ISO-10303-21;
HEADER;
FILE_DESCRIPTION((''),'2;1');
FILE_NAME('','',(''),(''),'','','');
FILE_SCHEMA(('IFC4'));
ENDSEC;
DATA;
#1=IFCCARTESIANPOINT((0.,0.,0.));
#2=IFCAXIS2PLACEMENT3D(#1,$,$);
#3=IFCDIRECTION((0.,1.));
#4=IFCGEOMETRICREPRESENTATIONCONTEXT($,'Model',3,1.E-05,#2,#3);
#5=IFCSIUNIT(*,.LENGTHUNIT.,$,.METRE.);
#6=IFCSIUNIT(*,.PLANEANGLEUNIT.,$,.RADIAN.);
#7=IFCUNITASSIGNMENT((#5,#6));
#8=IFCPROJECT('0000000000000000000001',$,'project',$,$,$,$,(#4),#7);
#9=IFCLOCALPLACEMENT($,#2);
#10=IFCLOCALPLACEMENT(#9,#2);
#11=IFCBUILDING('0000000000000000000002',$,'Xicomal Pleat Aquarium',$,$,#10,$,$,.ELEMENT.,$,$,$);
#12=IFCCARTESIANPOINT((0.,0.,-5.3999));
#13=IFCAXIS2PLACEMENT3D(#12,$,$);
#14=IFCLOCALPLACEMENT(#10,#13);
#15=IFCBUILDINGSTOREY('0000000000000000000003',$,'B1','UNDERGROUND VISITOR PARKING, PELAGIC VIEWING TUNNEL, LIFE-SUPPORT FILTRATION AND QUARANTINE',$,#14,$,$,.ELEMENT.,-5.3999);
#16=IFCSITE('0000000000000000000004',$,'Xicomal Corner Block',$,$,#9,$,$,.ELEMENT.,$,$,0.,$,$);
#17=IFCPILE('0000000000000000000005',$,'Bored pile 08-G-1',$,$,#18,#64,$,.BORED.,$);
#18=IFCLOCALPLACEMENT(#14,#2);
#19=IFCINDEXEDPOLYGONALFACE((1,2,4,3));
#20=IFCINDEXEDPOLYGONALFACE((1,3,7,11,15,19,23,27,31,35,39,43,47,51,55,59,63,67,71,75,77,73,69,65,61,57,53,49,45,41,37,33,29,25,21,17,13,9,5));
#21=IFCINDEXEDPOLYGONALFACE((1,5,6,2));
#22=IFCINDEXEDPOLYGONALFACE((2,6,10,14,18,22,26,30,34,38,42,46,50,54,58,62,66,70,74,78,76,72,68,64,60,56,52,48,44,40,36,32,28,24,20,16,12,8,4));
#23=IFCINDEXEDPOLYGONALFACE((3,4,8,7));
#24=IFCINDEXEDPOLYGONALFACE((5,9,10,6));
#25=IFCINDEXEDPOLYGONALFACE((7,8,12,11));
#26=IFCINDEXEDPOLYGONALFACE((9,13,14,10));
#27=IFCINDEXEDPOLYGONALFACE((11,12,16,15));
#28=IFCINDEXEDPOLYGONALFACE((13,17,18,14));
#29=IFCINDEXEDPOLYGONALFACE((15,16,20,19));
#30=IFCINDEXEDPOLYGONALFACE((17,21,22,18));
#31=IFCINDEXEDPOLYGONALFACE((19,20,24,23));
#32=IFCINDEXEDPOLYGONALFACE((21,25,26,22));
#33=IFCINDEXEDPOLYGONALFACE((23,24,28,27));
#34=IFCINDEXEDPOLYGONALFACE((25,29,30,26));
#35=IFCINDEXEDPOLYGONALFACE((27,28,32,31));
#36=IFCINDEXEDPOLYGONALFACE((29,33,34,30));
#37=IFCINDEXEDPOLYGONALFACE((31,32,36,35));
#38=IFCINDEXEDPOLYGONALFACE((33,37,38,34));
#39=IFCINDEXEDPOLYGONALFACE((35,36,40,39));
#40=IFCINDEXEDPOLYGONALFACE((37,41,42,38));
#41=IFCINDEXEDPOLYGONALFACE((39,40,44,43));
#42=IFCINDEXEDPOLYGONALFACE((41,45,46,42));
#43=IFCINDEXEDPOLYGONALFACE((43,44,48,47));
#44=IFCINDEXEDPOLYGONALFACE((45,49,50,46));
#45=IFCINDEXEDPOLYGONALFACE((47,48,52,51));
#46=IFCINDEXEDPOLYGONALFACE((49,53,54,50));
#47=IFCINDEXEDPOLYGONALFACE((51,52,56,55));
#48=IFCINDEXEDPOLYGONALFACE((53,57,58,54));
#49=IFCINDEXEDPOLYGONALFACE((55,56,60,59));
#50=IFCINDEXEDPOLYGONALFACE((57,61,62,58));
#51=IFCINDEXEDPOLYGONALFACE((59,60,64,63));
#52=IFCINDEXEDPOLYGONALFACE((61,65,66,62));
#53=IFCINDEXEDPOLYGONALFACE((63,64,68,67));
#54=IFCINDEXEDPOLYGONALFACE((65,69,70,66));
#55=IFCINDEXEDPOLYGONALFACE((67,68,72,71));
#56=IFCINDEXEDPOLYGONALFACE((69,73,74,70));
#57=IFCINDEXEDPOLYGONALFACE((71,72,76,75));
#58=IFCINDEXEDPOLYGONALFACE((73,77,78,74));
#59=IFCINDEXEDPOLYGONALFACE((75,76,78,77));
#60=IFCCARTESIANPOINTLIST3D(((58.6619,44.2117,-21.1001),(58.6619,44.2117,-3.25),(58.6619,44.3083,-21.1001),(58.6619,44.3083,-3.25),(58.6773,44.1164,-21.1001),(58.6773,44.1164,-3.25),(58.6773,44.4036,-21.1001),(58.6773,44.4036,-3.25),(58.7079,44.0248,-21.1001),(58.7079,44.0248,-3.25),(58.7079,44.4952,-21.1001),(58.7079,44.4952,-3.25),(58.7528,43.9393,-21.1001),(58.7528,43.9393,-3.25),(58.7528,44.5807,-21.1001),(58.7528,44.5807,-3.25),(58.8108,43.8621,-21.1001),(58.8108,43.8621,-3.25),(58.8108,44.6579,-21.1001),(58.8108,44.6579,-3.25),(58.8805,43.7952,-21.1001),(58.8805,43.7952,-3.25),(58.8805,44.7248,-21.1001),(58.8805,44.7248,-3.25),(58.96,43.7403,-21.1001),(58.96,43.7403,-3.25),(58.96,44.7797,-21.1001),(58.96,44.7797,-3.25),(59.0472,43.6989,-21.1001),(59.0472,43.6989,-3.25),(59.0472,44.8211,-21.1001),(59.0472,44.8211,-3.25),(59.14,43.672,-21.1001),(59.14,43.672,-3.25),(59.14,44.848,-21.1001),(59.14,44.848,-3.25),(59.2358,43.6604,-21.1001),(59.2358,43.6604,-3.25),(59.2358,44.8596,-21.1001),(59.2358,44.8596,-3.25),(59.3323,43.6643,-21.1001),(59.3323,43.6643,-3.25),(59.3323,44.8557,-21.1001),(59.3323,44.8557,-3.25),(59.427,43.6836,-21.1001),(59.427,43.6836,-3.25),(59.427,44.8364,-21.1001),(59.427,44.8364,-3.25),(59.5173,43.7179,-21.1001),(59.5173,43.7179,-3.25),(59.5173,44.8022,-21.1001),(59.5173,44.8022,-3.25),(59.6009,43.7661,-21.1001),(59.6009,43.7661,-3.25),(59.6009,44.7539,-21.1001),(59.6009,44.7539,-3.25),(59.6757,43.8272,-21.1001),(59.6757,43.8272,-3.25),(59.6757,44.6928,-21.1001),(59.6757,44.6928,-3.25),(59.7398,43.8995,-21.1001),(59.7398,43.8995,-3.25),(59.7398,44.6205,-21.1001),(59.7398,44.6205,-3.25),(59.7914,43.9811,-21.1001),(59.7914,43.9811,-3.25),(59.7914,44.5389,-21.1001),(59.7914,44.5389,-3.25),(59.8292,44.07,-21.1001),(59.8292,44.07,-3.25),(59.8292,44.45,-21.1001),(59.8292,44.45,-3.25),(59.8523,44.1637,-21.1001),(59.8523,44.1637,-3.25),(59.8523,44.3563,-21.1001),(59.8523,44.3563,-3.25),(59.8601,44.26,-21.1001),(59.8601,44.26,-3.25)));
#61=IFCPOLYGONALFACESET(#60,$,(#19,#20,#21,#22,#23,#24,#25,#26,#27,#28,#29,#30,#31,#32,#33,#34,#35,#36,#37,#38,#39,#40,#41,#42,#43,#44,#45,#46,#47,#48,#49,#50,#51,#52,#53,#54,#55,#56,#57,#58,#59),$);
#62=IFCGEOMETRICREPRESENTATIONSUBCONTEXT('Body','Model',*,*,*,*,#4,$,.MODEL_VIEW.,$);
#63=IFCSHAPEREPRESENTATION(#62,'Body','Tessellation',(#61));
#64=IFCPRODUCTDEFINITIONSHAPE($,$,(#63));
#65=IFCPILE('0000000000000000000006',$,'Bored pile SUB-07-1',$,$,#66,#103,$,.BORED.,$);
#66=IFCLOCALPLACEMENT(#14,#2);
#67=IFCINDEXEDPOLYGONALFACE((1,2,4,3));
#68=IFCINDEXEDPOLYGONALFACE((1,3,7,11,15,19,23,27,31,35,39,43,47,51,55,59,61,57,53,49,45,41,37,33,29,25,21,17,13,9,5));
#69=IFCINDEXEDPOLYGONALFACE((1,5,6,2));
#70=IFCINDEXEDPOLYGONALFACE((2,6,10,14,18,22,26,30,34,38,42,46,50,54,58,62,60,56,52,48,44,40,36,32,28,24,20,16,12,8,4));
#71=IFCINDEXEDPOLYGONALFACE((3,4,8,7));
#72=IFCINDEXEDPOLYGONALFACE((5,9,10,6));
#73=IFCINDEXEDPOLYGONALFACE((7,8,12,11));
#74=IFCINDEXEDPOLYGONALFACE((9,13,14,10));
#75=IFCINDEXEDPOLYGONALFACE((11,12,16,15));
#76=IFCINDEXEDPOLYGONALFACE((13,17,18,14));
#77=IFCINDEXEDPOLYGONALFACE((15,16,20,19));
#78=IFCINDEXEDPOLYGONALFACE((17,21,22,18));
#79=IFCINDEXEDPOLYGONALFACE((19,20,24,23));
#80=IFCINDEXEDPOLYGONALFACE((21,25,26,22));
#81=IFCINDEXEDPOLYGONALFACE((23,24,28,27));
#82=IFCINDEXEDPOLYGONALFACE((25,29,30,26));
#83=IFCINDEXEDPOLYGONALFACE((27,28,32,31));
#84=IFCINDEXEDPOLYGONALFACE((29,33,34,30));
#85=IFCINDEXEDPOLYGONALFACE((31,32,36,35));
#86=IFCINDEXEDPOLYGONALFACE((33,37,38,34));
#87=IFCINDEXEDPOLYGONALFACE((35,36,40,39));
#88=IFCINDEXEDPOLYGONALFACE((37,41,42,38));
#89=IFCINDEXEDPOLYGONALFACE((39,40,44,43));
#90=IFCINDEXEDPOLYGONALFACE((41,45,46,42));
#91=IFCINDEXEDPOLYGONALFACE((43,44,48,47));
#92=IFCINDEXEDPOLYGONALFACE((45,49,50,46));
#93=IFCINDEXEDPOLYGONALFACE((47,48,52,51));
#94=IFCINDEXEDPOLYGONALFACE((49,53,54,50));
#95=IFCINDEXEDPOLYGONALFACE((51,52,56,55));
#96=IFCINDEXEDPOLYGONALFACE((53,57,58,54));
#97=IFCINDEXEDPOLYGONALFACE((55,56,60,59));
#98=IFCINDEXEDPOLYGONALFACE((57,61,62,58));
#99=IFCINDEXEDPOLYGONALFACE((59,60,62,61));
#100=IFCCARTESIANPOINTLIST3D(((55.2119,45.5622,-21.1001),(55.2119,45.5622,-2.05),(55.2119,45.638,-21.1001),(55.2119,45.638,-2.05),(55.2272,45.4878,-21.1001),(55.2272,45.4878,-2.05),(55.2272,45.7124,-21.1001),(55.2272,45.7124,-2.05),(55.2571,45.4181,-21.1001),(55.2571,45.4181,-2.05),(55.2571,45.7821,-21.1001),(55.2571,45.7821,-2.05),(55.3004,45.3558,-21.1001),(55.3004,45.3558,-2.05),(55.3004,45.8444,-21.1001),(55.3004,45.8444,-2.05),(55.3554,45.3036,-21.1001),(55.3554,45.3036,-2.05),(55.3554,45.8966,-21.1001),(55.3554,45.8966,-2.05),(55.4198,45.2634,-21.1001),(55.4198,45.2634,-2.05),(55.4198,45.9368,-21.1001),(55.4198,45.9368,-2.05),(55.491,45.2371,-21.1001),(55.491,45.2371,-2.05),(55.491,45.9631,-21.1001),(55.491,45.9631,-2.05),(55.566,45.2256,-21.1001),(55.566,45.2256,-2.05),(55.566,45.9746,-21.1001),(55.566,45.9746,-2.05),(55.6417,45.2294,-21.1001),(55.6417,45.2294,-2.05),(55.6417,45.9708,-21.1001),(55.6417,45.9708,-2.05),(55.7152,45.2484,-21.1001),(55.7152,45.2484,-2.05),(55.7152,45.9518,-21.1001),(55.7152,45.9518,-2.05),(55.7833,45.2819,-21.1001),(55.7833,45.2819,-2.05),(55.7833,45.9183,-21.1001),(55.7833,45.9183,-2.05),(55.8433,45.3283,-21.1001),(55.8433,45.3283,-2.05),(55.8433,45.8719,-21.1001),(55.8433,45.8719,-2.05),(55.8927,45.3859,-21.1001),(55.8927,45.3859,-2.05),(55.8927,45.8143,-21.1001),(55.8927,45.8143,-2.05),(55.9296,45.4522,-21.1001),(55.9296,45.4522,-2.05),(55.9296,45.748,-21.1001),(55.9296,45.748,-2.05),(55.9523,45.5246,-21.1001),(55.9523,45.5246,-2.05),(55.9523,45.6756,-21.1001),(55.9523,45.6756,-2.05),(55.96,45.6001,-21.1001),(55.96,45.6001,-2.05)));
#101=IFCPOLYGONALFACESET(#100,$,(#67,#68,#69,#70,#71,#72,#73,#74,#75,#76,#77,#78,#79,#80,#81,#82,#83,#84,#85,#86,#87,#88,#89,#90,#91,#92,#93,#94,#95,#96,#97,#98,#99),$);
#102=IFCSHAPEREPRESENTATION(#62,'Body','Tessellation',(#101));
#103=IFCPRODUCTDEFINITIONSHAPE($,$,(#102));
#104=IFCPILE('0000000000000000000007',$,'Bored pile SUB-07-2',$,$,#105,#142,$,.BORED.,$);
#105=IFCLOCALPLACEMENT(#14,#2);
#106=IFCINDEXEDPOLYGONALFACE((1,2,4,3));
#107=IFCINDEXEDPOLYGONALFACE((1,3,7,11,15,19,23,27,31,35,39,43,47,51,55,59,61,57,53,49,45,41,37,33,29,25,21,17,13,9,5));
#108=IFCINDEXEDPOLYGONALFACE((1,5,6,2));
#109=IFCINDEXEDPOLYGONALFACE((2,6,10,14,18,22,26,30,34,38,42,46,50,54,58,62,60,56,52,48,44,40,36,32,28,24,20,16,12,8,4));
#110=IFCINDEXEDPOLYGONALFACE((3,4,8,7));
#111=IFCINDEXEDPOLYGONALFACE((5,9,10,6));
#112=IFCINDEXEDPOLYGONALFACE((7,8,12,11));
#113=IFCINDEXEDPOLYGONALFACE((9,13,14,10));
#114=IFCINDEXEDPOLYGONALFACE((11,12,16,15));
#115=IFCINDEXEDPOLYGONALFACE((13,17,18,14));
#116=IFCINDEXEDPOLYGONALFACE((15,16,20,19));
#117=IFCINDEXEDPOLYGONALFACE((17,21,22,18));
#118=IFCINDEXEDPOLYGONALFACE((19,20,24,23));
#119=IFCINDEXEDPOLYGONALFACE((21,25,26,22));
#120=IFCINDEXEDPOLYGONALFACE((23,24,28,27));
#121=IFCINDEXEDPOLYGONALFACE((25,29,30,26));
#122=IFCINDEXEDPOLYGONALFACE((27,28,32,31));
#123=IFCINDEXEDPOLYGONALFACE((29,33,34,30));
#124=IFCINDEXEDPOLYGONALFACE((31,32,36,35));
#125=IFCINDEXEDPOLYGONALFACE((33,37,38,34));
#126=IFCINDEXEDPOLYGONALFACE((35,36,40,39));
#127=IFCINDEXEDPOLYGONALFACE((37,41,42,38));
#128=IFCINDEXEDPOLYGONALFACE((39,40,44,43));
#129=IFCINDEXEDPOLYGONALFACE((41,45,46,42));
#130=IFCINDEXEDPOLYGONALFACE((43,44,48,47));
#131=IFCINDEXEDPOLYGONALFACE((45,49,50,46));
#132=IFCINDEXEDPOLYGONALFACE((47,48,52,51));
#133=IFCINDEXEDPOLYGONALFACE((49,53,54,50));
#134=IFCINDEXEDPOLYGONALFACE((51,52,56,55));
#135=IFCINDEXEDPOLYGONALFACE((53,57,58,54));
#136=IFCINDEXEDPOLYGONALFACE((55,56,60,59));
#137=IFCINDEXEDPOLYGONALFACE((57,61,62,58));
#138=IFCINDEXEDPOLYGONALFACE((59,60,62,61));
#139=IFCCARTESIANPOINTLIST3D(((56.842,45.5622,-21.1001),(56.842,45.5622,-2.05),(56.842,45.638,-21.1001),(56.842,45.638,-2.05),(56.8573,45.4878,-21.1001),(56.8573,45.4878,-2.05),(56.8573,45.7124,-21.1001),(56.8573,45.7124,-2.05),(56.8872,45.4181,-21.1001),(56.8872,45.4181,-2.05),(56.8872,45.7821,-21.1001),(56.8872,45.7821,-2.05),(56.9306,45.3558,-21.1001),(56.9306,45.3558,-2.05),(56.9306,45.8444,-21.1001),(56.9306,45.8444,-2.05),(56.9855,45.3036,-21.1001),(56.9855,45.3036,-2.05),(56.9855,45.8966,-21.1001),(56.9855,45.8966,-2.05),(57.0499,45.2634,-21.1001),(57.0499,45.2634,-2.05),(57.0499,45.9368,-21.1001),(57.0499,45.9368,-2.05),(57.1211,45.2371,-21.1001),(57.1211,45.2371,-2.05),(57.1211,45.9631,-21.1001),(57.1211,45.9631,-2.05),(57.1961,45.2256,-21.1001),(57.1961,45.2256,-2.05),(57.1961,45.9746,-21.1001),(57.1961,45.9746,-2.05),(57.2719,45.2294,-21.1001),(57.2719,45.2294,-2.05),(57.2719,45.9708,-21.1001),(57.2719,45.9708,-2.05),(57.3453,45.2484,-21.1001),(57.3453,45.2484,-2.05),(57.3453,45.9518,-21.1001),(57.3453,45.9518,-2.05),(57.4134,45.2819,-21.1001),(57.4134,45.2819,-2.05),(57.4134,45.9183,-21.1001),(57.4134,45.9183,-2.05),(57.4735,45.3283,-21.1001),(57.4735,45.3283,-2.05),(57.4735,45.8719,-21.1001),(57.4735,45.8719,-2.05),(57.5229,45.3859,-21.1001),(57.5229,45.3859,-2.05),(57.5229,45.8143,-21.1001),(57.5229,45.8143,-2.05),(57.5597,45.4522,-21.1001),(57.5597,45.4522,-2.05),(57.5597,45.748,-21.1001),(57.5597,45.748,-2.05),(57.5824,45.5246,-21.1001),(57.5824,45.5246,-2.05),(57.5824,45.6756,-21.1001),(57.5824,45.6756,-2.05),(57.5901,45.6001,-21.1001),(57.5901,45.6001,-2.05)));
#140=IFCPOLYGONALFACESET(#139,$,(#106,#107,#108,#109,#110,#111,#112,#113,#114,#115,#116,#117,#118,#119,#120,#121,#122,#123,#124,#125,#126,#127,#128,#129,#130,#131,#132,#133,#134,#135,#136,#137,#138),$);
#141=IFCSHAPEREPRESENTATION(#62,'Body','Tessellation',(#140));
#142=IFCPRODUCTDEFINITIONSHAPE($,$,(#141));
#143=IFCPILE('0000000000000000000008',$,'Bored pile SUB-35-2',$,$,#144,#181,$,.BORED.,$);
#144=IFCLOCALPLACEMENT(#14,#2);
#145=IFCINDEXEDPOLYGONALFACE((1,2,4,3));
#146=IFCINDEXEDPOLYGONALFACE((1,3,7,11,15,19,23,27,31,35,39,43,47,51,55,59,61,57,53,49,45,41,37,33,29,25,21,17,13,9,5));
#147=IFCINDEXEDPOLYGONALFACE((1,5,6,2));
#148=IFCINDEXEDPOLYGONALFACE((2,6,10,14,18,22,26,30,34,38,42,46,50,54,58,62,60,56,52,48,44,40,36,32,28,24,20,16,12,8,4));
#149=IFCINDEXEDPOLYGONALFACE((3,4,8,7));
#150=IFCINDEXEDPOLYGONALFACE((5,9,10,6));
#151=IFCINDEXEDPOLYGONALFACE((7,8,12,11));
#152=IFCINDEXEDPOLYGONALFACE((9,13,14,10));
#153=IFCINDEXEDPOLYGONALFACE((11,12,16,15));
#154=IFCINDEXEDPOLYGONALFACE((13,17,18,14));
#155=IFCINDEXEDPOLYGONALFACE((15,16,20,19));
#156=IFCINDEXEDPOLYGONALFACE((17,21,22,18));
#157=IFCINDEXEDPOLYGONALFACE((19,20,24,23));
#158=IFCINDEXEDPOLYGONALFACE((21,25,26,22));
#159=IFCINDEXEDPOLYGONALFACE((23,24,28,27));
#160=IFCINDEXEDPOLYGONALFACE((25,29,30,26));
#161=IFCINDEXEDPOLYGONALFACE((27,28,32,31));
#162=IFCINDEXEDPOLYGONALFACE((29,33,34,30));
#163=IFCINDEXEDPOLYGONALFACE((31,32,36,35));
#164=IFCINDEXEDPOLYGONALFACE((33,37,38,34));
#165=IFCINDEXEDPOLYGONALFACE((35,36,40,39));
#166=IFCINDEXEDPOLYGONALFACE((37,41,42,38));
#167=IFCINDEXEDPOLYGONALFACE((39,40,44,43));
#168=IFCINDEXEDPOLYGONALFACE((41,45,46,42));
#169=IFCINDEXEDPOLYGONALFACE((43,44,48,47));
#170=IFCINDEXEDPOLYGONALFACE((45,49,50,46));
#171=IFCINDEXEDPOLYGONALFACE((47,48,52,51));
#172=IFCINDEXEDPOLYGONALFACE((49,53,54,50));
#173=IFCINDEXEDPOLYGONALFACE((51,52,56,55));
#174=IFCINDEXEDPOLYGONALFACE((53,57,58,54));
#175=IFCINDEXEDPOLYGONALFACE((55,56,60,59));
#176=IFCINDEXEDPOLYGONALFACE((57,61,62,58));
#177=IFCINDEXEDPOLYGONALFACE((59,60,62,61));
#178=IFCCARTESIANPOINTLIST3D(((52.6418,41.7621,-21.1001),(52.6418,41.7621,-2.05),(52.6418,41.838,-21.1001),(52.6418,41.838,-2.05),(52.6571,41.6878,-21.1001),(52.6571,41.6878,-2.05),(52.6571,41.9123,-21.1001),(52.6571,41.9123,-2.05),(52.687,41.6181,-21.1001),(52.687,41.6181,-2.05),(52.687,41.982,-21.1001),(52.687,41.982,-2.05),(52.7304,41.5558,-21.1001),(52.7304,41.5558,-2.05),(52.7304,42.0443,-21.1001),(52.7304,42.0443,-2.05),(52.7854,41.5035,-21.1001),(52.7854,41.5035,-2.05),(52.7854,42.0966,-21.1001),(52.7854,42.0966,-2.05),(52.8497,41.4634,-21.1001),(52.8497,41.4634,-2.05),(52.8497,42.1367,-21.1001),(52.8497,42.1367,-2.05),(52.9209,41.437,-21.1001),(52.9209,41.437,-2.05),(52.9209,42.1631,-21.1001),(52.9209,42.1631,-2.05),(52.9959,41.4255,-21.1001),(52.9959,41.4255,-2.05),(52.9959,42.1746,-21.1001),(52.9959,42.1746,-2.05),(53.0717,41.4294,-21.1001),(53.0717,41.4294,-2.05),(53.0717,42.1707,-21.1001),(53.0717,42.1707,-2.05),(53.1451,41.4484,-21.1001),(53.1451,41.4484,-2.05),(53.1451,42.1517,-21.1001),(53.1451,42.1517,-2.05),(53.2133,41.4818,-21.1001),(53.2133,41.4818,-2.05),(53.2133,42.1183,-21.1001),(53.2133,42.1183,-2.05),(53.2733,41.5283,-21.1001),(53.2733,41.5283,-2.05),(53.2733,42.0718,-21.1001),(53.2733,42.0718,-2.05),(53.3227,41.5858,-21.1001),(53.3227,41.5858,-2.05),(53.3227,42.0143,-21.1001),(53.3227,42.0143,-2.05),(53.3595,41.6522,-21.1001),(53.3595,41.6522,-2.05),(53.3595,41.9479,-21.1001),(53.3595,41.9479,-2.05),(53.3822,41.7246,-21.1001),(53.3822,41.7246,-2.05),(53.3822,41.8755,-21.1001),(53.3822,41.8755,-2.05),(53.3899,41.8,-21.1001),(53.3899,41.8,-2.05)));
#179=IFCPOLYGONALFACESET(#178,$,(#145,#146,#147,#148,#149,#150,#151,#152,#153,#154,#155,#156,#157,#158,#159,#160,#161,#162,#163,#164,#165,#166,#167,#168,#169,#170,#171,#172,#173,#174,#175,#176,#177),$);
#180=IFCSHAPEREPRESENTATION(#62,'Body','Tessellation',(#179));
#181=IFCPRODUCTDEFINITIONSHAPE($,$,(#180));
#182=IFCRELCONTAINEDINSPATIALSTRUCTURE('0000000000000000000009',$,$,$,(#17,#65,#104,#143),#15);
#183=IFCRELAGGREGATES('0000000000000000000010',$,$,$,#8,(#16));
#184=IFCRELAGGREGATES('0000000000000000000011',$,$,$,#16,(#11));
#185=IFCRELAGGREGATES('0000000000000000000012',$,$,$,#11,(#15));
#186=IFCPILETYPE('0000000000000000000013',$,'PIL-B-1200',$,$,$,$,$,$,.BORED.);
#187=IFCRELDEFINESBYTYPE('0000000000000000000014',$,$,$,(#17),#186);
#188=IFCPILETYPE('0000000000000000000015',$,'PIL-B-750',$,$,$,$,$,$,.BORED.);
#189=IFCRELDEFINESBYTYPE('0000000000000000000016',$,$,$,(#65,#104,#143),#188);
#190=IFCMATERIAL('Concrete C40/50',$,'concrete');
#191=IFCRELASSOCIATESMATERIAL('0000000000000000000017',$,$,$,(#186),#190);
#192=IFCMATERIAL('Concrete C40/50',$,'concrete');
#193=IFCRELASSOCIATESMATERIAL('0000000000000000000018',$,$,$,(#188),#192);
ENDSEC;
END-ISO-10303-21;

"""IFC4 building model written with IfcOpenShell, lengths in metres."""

from ifc_helpers import new_model, si_unit, direction, frame, origin, origin_2d, place, context, subcontext, project, spatial, circle, extrude, material, material_profile, profile_set, type_object, element, save


model = new_model("IFC4")

# Units and contexts
model_context = context("Model", 3, precision=1e-05, world=origin(), true_north=direction((0.0, 1.0)))
body_context = subcontext(model_context, "Body", "Model", "MODEL_VIEW")
ifc_project = project(units=[si_unit("LENGTHUNIT", "METRE"), si_unit("PLANEANGLEUNIT", "RADIAN")], contexts=[model_context])

# Site, building, storey
site_placement = place(None, origin())
site = spatial("IfcSite", under=ifc_project, at=site_placement, Name="Xicomal Corner Block", CompositionType="ELEMENT", RefElevation=0.0)
building_placement = place(site_placement, origin())
building = spatial("IfcBuilding", under=site, at=building_placement, Name="Xicomal Pleat Aquarium", CompositionType="ELEMENT")
storey_placement = place(building_placement, frame((0.0, 0.0, -5.3999)))
storey = spatial("IfcBuildingStorey", under=building, at=storey_placement, Name="B1", Description="UNDERGROUND VISITOR PARKING, PELAGIC VIEWING TUNNEL, LIFE-SUPPORT FILTRATION AND QUARANTINE", CompositionType="ELEMENT", Elevation=-5.3999)

# Piles
ifc_material_1 = material(Name="Concrete C40/50", Category="concrete")
ifc_material_profile_1 = material_profile(ifc_material_1, circle(Radius=0.6001, at=origin_2d()), Name="BORED PILE D1200")
ifc_profile_set_1 = profile_set([ifc_material_profile_1], Name="Concrete C40/50")
pile_type_1 = type_object("IfcPileType", Name="PIL-B-1200", PredefinedType="BORED", material=ifc_profile_set_1)
pile_1_placement = place(storey_placement, frame((59.26, 44.26, -3.25), z_axis=(0.0, 0.0, -1.0), x_axis=(1.0, 0.0, 0.0)))
element("IfcPile", 1, at=pile_1_placement, inside=storey, type_object=pile_type_1, Name="Bored pile 08-G-1", PredefinedType="BORED", context=body_context, shape_type="SweptSolid", body=[
    extrude(circle(Radius=0.6001, at=origin_2d()), origin(), (0.0, 0.0, 1.0), 17.8501),
])
ifc_material_2 = material(Name="Concrete C40/50", Category="concrete")
ifc_material_profile_2 = material_profile(ifc_material_2, circle(Radius=0.375, at=origin_2d()), Name="BORED PILE D750")
ifc_profile_set_2 = profile_set([ifc_material_profile_2], Name="Concrete C40/50")
pile_type_2 = type_object("IfcPileType", Name="PIL-B-750", PredefinedType="BORED", material=ifc_profile_set_2)
for number, where, z_axis, x_axis, name in (
    (2, (55.585, 45.6001, -2.05), (0.0, 0.0, -1.0), (1.0, 0.0, 0.0), "Bored pile SUB-07-1"),
    (3, (57.2151, 45.6001, -2.05), (0.0, 0.0, -1.0), (1.0, 0.0, 0.0), "Bored pile SUB-07-2"),
    (4, (53.0149, 41.8, -2.05), (0.0, 0.0, -1.0), (1.0, 0.0, 0.0), "Bored pile SUB-35-2"),
):
    element("IfcPile", number, at=place(storey_placement, frame(where, z_axis=z_axis, x_axis=x_axis)), inside=storey, type_object=pile_type_2, Name=name, PredefinedType="BORED", context=body_context, shape_type="SweptSolid", body=[
        extrude(circle(Radius=0.375, at=origin_2d()), origin(), (0.0, 0.0, 1.0), 19.05),
    ])

save(model, "model.ifc")
